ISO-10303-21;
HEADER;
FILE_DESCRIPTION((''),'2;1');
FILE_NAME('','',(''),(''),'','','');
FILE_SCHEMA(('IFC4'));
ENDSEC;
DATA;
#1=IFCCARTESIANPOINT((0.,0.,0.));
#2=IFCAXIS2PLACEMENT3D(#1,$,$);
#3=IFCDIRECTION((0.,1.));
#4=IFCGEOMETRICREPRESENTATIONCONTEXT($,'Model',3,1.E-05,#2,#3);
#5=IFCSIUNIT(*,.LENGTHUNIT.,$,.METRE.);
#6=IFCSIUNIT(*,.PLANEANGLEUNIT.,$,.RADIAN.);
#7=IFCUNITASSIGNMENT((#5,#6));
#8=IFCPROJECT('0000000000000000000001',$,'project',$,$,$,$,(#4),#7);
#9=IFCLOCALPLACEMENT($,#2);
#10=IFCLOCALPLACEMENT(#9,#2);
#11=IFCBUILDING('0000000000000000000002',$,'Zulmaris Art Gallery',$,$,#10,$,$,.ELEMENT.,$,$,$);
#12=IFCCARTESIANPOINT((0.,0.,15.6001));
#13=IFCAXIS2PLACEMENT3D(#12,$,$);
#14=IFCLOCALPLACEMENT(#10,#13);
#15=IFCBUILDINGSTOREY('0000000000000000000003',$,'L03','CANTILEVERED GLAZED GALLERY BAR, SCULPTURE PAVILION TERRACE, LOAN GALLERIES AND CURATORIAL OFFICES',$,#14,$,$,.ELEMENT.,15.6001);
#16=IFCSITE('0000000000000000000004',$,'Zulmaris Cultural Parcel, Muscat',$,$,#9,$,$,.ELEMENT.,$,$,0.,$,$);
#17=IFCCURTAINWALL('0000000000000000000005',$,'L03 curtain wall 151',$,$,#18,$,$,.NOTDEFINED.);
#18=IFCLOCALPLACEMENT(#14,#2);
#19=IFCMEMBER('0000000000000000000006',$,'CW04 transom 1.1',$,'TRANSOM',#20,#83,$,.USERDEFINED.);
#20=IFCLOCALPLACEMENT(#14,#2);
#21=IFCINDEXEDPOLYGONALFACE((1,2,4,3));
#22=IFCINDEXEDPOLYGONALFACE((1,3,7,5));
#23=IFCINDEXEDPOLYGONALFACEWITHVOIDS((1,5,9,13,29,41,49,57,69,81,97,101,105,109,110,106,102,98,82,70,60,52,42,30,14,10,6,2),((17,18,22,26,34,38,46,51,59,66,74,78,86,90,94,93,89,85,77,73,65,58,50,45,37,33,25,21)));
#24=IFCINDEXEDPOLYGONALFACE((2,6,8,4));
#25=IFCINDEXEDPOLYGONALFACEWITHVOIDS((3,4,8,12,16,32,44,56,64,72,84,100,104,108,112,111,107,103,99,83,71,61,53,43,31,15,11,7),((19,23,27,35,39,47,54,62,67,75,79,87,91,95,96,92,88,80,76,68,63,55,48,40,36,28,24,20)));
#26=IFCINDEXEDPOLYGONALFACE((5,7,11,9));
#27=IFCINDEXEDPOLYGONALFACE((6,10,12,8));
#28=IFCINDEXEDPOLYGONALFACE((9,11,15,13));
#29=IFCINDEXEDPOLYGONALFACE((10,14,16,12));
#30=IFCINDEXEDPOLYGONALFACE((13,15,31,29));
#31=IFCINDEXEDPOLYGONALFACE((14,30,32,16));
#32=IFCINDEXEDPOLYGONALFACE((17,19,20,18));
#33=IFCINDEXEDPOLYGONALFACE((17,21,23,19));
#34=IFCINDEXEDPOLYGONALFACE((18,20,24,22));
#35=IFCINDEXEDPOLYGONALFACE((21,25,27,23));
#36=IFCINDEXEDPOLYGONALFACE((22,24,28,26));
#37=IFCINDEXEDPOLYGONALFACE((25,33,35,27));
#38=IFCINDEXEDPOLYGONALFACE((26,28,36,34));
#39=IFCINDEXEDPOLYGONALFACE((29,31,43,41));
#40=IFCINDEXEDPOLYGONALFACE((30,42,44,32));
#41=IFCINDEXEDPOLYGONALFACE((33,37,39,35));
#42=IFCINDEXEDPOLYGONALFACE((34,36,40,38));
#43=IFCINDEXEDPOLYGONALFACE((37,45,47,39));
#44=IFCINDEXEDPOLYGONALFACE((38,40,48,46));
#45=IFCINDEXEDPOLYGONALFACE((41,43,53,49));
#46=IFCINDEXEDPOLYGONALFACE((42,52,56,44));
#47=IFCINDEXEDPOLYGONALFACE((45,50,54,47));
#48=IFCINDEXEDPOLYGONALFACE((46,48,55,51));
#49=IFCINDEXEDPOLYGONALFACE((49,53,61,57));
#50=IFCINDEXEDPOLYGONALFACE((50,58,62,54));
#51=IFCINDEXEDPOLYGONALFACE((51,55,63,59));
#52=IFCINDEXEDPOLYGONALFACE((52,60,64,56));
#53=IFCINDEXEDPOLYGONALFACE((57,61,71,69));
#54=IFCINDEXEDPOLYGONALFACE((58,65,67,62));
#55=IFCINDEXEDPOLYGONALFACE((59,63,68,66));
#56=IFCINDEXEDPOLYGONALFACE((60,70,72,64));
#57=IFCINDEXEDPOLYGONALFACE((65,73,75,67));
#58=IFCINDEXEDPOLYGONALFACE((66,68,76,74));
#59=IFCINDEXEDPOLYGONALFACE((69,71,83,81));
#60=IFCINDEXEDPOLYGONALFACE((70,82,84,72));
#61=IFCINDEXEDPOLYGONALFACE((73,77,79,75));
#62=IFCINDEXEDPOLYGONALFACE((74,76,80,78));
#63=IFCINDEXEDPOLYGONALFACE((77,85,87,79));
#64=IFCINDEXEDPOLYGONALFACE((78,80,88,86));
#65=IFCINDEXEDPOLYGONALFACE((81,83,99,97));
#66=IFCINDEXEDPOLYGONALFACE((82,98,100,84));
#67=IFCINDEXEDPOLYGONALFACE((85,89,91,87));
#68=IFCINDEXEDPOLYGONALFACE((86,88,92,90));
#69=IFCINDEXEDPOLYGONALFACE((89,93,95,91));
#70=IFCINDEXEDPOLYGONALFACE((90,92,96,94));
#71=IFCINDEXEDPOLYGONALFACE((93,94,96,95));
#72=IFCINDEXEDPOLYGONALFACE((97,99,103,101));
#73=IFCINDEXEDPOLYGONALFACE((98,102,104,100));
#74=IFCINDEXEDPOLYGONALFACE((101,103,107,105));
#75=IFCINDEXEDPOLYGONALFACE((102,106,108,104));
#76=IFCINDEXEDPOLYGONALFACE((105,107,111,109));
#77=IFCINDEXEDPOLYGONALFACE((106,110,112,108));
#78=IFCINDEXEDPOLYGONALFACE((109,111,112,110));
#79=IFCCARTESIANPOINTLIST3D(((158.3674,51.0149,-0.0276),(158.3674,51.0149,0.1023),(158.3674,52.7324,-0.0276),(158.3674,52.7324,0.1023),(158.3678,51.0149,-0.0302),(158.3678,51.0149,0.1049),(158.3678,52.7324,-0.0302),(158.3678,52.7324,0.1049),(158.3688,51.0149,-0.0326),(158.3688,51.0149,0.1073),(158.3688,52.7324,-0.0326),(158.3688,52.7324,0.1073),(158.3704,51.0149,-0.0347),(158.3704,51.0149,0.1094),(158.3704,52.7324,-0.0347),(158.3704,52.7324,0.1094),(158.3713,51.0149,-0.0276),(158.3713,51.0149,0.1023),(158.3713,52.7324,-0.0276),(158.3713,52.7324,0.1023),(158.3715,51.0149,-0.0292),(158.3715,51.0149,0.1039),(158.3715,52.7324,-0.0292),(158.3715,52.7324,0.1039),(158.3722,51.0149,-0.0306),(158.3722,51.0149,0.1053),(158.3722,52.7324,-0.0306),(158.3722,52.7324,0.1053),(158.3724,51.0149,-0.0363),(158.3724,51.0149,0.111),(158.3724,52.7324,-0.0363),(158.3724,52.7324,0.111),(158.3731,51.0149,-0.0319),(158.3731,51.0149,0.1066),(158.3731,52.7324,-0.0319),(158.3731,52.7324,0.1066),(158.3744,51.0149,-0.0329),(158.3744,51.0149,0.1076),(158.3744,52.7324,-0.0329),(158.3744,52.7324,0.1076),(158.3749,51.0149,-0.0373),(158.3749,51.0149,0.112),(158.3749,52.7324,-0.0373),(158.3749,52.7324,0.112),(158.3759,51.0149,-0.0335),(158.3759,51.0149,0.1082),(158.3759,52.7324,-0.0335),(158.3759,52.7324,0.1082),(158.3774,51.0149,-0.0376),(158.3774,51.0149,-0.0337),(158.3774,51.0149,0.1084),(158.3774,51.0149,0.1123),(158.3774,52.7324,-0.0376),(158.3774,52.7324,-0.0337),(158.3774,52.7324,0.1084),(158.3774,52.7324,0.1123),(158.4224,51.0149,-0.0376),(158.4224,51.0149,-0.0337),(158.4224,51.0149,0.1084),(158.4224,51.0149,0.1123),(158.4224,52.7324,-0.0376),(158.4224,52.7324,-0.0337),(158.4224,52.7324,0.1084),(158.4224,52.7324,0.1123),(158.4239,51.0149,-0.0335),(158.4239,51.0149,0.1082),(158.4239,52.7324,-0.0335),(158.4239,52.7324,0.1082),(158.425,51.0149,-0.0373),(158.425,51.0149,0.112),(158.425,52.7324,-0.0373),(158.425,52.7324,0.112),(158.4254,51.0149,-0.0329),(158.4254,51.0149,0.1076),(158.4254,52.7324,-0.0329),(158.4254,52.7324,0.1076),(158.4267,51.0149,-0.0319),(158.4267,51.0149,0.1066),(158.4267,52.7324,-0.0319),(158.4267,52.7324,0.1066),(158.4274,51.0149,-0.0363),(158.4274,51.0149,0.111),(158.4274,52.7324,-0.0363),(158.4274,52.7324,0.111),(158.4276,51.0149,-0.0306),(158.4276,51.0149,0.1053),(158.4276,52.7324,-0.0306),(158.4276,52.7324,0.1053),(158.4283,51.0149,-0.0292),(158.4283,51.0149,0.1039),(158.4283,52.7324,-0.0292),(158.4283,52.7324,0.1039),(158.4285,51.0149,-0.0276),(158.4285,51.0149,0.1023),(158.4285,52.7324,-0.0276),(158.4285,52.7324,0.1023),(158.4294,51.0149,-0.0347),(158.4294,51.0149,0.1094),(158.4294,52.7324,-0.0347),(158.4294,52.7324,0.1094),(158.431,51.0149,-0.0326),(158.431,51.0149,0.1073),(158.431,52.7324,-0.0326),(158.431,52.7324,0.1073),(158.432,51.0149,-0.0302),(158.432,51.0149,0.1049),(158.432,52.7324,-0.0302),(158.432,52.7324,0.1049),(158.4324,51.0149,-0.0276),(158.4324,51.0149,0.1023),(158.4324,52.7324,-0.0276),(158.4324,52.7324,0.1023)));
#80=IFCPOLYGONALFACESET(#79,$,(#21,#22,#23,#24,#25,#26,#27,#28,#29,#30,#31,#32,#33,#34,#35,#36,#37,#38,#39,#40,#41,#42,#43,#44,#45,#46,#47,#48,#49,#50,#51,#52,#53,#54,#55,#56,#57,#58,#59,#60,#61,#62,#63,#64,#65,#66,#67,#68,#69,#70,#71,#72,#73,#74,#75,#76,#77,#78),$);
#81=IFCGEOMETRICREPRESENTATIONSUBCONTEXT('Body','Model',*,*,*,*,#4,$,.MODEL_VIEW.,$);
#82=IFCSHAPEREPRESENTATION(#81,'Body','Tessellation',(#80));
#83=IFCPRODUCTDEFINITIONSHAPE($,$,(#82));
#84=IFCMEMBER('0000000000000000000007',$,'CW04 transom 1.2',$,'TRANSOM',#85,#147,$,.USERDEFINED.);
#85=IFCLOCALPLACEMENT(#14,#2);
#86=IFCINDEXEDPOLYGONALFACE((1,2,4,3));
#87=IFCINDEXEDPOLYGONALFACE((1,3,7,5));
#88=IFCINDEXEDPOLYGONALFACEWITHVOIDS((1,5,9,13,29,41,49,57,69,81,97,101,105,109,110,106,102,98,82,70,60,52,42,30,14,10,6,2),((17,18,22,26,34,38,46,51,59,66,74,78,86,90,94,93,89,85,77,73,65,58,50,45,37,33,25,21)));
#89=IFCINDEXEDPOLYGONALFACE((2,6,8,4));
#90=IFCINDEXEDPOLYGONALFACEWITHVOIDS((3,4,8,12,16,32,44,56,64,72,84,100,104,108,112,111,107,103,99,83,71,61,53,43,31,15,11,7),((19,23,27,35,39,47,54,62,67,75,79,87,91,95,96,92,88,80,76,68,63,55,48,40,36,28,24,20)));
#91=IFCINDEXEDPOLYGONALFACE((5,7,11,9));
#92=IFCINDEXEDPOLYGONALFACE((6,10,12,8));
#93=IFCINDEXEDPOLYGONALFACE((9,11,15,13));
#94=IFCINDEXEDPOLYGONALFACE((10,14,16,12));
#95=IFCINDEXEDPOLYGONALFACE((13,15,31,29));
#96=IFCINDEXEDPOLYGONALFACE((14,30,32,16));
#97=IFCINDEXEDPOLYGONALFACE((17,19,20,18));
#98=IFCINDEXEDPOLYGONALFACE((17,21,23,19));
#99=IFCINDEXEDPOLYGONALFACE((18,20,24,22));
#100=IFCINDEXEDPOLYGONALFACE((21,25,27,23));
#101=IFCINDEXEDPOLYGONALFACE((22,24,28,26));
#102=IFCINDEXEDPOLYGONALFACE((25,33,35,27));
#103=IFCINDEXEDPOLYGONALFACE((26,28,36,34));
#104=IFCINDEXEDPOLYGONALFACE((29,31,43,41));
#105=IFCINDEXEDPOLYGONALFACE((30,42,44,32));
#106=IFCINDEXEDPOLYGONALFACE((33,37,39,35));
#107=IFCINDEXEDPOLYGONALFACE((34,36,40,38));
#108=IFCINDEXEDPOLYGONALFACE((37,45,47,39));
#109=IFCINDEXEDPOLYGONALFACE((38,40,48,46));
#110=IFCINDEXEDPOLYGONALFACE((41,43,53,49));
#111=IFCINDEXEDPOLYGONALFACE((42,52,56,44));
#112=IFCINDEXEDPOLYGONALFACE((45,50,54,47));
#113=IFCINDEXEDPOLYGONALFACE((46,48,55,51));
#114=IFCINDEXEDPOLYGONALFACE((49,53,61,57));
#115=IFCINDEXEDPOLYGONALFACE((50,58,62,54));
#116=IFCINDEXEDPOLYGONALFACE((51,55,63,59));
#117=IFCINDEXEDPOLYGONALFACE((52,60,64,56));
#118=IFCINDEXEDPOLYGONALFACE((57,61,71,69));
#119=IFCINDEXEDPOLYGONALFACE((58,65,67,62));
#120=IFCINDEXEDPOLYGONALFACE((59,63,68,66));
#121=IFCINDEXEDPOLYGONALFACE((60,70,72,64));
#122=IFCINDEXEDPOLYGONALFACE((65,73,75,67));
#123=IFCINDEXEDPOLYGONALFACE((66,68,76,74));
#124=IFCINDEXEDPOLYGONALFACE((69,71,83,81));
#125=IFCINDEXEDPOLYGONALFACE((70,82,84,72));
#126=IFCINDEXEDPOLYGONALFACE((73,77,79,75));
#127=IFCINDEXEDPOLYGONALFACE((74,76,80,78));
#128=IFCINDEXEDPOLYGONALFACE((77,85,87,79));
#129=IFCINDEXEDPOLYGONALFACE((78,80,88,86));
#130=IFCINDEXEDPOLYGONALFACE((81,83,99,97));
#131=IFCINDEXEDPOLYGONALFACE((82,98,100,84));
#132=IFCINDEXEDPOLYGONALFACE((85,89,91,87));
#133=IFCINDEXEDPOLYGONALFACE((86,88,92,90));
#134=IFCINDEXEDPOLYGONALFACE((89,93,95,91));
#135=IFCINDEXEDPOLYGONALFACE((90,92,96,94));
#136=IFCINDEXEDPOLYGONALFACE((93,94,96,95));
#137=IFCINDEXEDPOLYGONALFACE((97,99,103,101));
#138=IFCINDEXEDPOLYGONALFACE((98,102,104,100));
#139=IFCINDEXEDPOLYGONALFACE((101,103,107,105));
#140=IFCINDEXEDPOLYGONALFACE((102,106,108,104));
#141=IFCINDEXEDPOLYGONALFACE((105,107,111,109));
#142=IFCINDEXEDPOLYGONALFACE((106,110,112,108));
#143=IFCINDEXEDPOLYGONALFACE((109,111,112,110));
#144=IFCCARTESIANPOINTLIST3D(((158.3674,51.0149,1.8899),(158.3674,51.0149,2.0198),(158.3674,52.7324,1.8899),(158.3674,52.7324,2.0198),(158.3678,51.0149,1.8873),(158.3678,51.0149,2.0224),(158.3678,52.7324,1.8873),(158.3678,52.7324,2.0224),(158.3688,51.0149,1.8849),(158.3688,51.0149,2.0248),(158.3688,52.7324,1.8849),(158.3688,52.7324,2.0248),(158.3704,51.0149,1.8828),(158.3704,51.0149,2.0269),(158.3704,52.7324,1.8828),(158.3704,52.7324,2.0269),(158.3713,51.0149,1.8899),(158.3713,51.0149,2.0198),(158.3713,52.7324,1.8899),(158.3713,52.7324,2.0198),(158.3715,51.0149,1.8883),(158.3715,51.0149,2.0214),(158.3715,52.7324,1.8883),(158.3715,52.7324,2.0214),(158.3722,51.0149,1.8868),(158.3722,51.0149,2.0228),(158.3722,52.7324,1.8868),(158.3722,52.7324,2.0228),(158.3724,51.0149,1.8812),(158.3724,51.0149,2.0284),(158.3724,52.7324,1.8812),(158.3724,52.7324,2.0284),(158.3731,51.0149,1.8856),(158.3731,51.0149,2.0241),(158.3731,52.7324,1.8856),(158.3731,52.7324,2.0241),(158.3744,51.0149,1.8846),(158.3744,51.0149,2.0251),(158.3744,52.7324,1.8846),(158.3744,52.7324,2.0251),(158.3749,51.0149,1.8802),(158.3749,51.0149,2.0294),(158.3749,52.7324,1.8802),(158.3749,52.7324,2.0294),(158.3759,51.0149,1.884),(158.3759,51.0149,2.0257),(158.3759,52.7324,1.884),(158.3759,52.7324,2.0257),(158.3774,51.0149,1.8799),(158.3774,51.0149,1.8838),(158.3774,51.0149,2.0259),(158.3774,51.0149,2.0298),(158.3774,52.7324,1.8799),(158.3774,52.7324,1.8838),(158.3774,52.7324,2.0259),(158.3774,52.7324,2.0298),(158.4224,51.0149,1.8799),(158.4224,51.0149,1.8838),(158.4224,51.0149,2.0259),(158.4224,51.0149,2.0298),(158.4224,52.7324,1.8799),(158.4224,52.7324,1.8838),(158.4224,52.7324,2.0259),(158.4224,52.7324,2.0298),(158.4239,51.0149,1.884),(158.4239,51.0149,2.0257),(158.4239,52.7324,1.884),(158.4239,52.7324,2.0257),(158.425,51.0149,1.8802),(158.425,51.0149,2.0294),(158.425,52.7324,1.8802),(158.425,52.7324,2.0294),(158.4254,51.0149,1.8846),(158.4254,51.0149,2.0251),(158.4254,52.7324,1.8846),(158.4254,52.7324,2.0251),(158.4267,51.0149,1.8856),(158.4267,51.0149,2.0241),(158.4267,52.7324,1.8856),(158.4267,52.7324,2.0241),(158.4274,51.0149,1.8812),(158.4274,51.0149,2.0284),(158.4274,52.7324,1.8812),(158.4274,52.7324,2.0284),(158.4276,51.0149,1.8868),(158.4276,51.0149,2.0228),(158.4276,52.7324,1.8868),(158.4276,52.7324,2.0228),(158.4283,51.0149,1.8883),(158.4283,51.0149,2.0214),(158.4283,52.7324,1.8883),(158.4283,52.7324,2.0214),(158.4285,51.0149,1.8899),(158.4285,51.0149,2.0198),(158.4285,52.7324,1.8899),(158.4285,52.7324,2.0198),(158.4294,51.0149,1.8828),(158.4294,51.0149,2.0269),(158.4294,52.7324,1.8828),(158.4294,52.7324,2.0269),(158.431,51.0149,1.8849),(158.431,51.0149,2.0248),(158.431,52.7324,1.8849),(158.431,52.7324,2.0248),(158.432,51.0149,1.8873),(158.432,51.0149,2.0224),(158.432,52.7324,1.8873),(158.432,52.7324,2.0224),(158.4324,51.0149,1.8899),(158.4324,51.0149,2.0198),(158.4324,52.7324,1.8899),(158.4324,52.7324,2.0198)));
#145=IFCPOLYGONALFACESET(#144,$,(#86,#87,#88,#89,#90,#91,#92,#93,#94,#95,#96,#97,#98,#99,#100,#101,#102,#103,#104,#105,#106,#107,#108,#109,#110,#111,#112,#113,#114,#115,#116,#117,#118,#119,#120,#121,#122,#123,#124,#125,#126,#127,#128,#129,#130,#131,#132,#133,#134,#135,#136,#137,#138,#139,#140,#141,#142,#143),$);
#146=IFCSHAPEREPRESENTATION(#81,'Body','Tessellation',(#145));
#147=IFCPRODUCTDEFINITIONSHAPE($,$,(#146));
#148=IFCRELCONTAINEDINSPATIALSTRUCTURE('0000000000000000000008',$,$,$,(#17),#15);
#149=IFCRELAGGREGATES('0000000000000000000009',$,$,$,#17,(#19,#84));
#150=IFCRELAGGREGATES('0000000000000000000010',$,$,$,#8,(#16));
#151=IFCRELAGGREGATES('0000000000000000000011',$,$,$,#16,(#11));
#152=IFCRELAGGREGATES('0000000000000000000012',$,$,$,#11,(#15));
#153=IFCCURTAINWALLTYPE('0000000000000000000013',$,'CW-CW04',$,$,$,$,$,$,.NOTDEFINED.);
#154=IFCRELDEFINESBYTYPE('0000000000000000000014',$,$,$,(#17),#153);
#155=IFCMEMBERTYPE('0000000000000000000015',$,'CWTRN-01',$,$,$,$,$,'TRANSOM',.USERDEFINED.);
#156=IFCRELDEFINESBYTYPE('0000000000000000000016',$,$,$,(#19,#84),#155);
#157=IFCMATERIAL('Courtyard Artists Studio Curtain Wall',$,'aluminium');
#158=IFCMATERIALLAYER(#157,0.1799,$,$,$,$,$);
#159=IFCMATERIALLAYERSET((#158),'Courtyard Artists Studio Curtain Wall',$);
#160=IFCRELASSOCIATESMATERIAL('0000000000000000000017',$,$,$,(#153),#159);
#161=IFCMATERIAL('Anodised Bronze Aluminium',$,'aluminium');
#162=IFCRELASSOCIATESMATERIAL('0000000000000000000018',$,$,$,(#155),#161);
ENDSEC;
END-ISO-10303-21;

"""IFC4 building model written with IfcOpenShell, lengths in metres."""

from ifc_helpers import new_model, si_unit, direction, frame, origin, origin_2d, place, context, subcontext, project, spatial, hollow_rectangle, extrude, material, layer, layer_set, material_profile, profile_set, type_object, element, aggregate, save


model = new_model("IFC4")

# Units and contexts
model_context = context("Model", 3, precision=1e-05, world=origin(), true_north=direction((0.0, 1.0)))
body_context = subcontext(model_context, "Body", "Model", "MODEL_VIEW")
ifc_project = project(units=[si_unit("LENGTHUNIT", "METRE"), si_unit("PLANEANGLEUNIT", "RADIAN")], contexts=[model_context])

# Site, building, storey
site_placement = place(None, origin())
site = spatial("IfcSite", under=ifc_project, at=site_placement, Name="Zulmaris Cultural Parcel, Muscat", CompositionType="ELEMENT", RefElevation=0.0)
building_placement = place(site_placement, origin())
building = spatial("IfcBuilding", under=site, at=building_placement, Name="Zulmaris Art Gallery", CompositionType="ELEMENT")
storey_placement = place(building_placement, frame((0.0, 0.0, 15.6001)))
storey = spatial("IfcBuildingStorey", under=building, at=storey_placement, Name="L03", Description="CANTILEVERED GLAZED GALLERY BAR, SCULPTURE PAVILION TERRACE, LOAN GALLERIES AND CURATORIAL OFFICES", CompositionType="ELEMENT", Elevation=15.6001)

# Curtain wall, members
ifc_material_1 = material(Name="Courtyard Artists Studio Curtain Wall", Category="aluminium")
ifc_layer_1 = layer(ifc_material_1, 0.1799)
ifc_layer_set_1 = layer_set([ifc_layer_1], Name="Courtyard Artists Studio Curtain Wall")
curtain_wall_type = type_object("IfcCurtainWallType", Name="CW-CW04", PredefinedType="NOTDEFINED", material=ifc_layer_set_1)
ifc_material_2 = material(Name="Anodised Bronze Aluminium", Category="aluminium")
curtain_wall_1_placement = place(storey_placement, origin())
curtain_wall_1 = element("IfcCurtainWall", 1, at=curtain_wall_1_placement, inside=storey, type_object=curtain_wall_type, Name="L03 curtain wall 151", PredefinedType="NOTDEFINED")
ifc_material_profile_1 = material_profile(ifc_material_2, hollow_rectangle(XDim=0.0649, YDim=0.1499, WallThickness=0.0039, InnerFilletRadius=0.0061, OuterFilletRadius=0.01, at=origin_2d()), Name="ALU 65x150x4")
ifc_profile_set_1 = profile_set([ifc_material_profile_1], Name="Anodised Bronze Aluminium")
member_type_1 = type_object("IfcMemberType", Name="CWTRN-01", ElementType="TRANSOM", PredefinedType="USERDEFINED", material=ifc_profile_set_1)
member_1_placement = place(storey_placement, frame((158.3999, 51.0149, 0.0374), z_axis=(0.0, 1.0, 0.0), x_axis=(-1.0, 0.0, 0.0)))
member_1 = element("IfcMember", 2, at=member_1_placement, type_object=member_type_1, Name="CW04 transom 1.1", ObjectType="TRANSOM", PredefinedType="USERDEFINED", context=body_context, shape_type="SweptSolid", body=[
    extrude(hollow_rectangle(XDim=0.0649, YDim=0.1499, WallThickness=0.0039, InnerFilletRadius=0.0061, OuterFilletRadius=0.01, at=origin_2d()), origin(), (0.0, 0.0, 1.0), 1.7175),
])
member_2_placement = place(storey_placement, frame((158.3999, 51.0149, 1.9548), z_axis=(0.0, 1.0, 0.0), x_axis=(-1.0, 0.0, 0.0)))
member_2 = element("IfcMember", 3, at=member_2_placement, type_object=member_type_1, Name="CW04 transom 1.2", ObjectType="TRANSOM", PredefinedType="USERDEFINED", context=body_context, shape_type="SweptSolid", body=[
    extrude(hollow_rectangle(XDim=0.0649, YDim=0.1499, WallThickness=0.0039, InnerFilletRadius=0.0061, OuterFilletRadius=0.01, at=origin_2d()), origin(), (0.0, 0.0, 1.0), 1.7175),
])

aggregate(curtain_wall_1, [member_1, member_2])

save(model, "model.ifc")
